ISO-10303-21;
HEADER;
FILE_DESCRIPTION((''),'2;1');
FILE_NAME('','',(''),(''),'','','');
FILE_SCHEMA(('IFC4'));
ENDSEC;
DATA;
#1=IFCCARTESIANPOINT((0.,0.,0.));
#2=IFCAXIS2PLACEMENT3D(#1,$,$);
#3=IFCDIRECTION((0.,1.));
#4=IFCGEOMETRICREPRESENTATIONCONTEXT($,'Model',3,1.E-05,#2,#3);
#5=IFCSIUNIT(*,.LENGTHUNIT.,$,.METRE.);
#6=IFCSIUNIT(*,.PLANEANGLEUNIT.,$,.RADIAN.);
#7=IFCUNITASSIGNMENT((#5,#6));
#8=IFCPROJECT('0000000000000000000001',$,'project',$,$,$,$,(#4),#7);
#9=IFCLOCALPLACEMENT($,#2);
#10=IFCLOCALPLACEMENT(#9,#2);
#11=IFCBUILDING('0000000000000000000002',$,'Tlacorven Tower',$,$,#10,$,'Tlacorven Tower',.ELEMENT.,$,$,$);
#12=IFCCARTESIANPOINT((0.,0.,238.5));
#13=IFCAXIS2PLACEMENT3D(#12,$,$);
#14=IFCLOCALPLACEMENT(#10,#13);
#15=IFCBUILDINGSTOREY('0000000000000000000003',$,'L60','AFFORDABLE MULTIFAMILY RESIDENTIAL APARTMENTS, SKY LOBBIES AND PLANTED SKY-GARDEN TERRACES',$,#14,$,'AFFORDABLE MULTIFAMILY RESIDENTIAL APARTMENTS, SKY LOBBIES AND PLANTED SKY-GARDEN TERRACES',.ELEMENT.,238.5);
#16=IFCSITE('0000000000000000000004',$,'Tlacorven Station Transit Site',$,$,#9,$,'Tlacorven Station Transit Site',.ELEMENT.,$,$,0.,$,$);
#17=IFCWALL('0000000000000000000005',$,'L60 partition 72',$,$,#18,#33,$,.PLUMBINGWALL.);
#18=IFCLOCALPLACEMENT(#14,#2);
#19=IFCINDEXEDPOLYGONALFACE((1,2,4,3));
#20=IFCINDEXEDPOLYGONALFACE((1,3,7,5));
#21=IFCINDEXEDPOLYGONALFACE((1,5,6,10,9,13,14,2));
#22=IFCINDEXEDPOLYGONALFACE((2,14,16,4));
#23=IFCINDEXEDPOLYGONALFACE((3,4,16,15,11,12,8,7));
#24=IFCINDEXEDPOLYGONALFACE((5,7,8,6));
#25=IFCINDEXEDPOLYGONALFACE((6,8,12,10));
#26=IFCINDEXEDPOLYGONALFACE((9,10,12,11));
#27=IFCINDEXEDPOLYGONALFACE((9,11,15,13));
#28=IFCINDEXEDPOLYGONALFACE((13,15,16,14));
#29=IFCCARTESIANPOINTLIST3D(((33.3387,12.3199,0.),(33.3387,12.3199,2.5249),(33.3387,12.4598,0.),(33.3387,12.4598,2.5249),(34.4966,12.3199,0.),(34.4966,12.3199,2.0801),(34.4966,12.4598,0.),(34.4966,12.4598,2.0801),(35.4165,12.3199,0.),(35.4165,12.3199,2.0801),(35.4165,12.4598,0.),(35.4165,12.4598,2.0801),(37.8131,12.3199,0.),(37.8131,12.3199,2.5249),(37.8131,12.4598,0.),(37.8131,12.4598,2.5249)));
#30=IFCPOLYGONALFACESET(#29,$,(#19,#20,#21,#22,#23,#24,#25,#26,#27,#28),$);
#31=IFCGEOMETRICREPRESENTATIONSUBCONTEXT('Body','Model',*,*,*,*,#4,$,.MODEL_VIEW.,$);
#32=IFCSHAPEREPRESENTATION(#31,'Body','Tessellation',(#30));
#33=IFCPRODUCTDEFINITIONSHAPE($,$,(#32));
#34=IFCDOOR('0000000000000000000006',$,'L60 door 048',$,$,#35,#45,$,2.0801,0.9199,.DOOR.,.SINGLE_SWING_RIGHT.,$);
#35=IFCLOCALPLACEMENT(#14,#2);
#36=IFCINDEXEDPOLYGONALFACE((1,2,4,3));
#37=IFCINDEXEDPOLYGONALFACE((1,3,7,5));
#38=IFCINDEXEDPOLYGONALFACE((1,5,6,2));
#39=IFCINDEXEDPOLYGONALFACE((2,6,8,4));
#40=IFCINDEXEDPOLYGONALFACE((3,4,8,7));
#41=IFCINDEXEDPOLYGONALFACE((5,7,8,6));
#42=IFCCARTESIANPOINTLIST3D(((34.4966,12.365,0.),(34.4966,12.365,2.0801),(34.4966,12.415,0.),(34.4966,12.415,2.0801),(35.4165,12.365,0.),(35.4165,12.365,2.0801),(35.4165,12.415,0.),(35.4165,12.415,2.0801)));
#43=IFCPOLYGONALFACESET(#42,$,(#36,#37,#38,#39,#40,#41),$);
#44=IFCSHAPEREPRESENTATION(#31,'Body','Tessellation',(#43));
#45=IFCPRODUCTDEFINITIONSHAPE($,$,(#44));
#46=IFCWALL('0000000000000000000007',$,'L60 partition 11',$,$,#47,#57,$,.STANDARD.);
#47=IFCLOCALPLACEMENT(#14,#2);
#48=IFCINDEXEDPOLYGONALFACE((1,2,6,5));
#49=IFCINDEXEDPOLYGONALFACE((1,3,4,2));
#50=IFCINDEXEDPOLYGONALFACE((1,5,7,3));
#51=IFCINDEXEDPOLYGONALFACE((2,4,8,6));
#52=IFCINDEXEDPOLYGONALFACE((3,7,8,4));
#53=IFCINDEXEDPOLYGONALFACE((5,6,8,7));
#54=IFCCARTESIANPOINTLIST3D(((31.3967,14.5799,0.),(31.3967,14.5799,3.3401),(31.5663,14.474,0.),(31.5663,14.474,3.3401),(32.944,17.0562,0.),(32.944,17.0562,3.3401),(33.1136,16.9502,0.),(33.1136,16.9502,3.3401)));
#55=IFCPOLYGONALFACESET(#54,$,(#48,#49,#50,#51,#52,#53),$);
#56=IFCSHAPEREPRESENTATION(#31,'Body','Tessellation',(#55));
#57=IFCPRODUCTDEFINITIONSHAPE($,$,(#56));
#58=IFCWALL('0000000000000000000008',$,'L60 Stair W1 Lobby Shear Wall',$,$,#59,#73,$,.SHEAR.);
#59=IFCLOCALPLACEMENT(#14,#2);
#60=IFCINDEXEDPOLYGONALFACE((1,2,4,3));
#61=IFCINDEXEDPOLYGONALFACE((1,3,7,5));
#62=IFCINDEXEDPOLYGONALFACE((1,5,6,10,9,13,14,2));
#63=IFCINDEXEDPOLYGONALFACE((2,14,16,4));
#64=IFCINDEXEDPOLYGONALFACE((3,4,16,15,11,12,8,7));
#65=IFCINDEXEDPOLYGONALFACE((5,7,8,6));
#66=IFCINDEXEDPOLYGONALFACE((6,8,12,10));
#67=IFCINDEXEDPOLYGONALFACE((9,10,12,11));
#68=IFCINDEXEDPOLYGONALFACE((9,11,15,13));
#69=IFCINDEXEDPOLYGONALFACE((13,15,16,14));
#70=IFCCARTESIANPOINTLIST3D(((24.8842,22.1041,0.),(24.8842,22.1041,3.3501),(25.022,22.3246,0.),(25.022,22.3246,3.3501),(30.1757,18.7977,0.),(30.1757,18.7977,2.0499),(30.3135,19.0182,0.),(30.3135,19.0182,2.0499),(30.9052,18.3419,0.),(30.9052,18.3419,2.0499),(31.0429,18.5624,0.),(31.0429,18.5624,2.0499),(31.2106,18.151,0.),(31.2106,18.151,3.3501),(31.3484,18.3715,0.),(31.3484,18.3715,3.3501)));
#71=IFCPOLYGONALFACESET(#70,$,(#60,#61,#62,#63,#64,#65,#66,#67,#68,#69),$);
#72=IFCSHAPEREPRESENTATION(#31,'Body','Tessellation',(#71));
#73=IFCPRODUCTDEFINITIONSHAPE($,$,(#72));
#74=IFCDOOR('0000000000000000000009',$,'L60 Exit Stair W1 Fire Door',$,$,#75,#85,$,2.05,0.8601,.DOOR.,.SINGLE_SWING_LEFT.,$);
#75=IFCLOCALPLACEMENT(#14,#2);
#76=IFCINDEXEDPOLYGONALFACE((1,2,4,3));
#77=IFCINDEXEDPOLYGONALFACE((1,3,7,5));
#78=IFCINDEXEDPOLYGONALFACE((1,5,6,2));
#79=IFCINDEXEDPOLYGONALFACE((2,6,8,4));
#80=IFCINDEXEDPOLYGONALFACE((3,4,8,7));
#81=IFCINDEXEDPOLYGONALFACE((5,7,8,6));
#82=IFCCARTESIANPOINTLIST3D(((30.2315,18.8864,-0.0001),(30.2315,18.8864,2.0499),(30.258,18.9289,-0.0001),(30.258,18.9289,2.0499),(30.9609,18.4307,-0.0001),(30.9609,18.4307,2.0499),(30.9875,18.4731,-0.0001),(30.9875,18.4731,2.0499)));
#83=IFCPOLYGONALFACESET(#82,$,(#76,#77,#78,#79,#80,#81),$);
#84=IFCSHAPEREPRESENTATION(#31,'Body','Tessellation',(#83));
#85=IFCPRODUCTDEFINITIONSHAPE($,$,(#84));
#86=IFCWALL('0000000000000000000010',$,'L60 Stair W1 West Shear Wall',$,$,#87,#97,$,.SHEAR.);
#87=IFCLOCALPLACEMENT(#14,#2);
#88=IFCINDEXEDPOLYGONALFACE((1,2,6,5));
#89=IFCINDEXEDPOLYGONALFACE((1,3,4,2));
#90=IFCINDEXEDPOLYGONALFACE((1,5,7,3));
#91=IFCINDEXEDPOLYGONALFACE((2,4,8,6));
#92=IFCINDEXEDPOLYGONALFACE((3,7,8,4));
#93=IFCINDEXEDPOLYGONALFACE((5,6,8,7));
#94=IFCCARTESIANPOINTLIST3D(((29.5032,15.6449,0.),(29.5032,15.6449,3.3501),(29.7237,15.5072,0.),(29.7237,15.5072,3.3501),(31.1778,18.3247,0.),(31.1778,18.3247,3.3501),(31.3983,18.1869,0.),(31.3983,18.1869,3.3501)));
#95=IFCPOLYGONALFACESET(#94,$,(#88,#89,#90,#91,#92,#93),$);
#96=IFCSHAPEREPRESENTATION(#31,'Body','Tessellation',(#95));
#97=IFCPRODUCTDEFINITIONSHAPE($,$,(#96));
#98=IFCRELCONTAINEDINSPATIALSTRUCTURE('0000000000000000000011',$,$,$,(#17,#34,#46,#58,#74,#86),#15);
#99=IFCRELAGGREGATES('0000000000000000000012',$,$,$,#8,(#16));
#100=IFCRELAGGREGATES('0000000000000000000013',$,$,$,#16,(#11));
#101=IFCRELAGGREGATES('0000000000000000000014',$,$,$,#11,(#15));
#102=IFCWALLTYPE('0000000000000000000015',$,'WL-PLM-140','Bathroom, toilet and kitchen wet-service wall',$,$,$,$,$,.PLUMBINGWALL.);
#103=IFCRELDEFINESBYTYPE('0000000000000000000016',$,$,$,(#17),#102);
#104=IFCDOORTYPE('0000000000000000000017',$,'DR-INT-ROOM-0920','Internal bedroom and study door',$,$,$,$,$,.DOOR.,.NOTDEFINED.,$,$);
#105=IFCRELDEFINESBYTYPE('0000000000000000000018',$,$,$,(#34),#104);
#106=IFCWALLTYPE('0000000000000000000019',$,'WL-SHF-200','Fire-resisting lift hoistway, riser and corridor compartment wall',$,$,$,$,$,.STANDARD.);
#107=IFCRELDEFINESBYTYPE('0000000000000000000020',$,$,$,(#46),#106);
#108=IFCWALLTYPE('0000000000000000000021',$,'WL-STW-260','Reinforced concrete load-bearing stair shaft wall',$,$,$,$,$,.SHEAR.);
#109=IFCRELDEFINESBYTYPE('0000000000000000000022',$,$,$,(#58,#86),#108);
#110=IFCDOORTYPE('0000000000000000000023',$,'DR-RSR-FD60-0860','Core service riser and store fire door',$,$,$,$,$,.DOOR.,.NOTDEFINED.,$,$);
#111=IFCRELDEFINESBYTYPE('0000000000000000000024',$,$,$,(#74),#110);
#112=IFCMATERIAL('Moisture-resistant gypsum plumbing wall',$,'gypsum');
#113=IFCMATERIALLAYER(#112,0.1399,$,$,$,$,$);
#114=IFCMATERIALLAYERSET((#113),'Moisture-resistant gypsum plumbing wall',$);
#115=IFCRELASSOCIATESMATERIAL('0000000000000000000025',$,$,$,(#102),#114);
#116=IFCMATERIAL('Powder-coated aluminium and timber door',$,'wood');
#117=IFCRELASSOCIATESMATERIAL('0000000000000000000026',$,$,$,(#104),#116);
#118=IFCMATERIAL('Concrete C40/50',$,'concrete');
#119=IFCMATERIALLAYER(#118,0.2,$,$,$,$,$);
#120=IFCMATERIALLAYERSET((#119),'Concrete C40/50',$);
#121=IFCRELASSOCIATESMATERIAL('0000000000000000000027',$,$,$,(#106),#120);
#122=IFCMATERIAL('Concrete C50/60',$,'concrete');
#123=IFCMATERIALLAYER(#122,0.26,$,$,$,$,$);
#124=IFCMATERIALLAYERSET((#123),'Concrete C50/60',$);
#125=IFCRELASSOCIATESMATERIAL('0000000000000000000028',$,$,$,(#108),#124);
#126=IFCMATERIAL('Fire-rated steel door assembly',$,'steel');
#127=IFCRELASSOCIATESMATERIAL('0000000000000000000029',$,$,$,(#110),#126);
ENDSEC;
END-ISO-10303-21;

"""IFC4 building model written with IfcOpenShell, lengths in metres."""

from ifc_helpers import new_model, si_unit, direction, frame, frame_2d, origin, place, context, subcontext, project, spatial, rectangle, extrude, source, transform, mapped, material, layer, layer_set, type_object, element, fill, save


model = new_model("IFC4")

# Units and contexts
model_context = context("Model", 3, precision=1e-05, world=origin(), true_north=direction((0.0, 1.0)))
body_context = subcontext(model_context, "Body", "Model", "MODEL_VIEW")
ifc_project = project(units=[si_unit("LENGTHUNIT", "METRE"), si_unit("PLANEANGLEUNIT", "RADIAN")], contexts=[model_context])

# Site, building, storey
site_placement = place(None, origin())
site = spatial("IfcSite", under=ifc_project, at=site_placement, Name="Tlacorven Station Transit Site", LongName="Tlacorven Station Transit Site", CompositionType="ELEMENT", RefElevation=0.0)
building_placement = place(site_placement, origin())
building = spatial("IfcBuilding", under=site, at=building_placement, Name="Tlacorven Tower", LongName="Tlacorven Tower", CompositionType="ELEMENT")
storey_placement = place(building_placement, frame((0.0, 0.0, 238.5)))
storey = spatial("IfcBuildingStorey", under=building, at=storey_placement, Name="L60", Description="AFFORDABLE MULTIFAMILY RESIDENTIAL APARTMENTS, SKY LOBBIES AND PLANTED SKY-GARDEN TERRACES", LongName="AFFORDABLE MULTIFAMILY RESIDENTIAL APARTMENTS, SKY LOBBIES AND PLANTED SKY-GARDEN TERRACES", CompositionType="ELEMENT", Elevation=238.5)

# Shared definitions
ifc_material_1 = material(Name="Concrete C50/60", Category="concrete")

# Shared definitions
ifc_material_2 = material(Name="Fire-rated steel door assembly", Category="steel")

# Shared definitions
ifc_material_3 = material(Name="Moisture-resistant gypsum plumbing wall", Category="gypsum")
ifc_layer_1 = layer(ifc_material_3, 0.1399)
ifc_layer_set_1 = layer_set([ifc_layer_1], Name="Moisture-resistant gypsum plumbing wall")
wall_type_1 = type_object("IfcWallType", Name="WL-PLM-140", Description="Bathroom, toilet and kitchen wet-service wall", PredefinedType="PLUMBINGWALL", material=ifc_layer_set_1)

# Wall, opening, door
wall_1_placement = place(storey_placement, frame((33.3386, 12.3899, 0.0), z_axis=(0.0, 0.0, 1.0), x_axis=(1.0, 0.0, 0.0)))
wall_1 = element("IfcWall", 1, at=wall_1_placement, inside=storey, type_object=wall_type_1, Name="L60 partition 72", PredefinedType="PLUMBINGWALL", context=body_context, shape_type="SweptSolid", body=[
    extrude(rectangle(XDim=4.4744, YDim=0.1399, at=frame_2d((2.2373, 0.0))), origin(), (0.0, 0.0, 1.0), 2.5249),
])
opening_1_placement = place(wall_1_placement, frame((1.158, 0.0, 0.0)))
opening_1 = element("IfcOpeningElement", 2, at=opening_1_placement, cuts=wall_1, PredefinedType="OPENING", context=body_context, shape_type="SweptSolid", body=[
    extrude(rectangle(XDim=0.9199, YDim=2.0801, at=frame_2d((0.46, 1.04))), frame((0.0, 0.0801, 0.0), z_axis=(0.0, -1.0, 0.0), x_axis=(1.0, 0.0, 0.0)), (0.0, 0.0, 1.0), 0.1599),
])
ifc_material_4 = material(Name="Powder-coated aluminium and timber door", Category="wood")
door_type_1 = type_object("IfcDoorType", Name="DR-INT-ROOM-0920", Description="Internal bedroom and study door", OperationType="NOTDEFINED", PredefinedType="DOOR", material=ifc_material_4)
shared_shape_1 = source(origin(), body_context, "Body", "SweptSolid", [
    extrude(rectangle(XDim=0.9199, YDim=2.0801, at=frame_2d((0.46, 1.04))), frame((0.0, 0.0249, 0.0), z_axis=(0.0, -1.0, 0.0), x_axis=(1.0, 0.0, 0.0)), (0.0, 0.0, 1.0), 0.05),
])
door_1_placement = place(opening_1_placement, frame((0.9199, 0.0, 0.0), z_axis=(0.0, 0.0, 1.0), x_axis=(-1.0, 0.0, 0.0)))
door_1 = element("IfcDoor", 3, at=door_1_placement, inside=storey, type_object=door_type_1, Name="L60 door 048", OperationType="SINGLE_SWING_RIGHT", OverallHeight=2.0801, OverallWidth=0.9199, PredefinedType="DOOR", context=body_context, shape_type="MappedRepresentation", body=[
    mapped(shared_shape_1, transform((0.0, 0.0, 0.0), scale=1.0)),
])
fill(opening_1, door_1)

# Wall
ifc_material_5 = material(Name="Concrete C40/50", Category="concrete")
ifc_layer_2 = layer(ifc_material_5, 0.2)
ifc_layer_set_2 = layer_set([ifc_layer_2], Name="Concrete C40/50")
wall_type_2 = type_object("IfcWallType", Name="WL-SHF-200", Description="Fire-resisting lift hoistway, riser and corridor compartment wall", PredefinedType="STANDARD", material=ifc_layer_set_2)
wall_2_placement = place(storey_placement, frame((33.0288, 17.0032, 0.0), z_axis=(0.0, 0.0, 1.0), x_axis=(-0.529916, -0.84805, 0.0)))
element("IfcWall", 4, at=wall_2_placement, inside=storey, type_object=wall_type_2, Name="L60 partition 11", PredefinedType="STANDARD", context=body_context, shape_type="SweptSolid", body=[
    extrude(rectangle(XDim=2.9199, YDim=0.2, at=frame_2d((1.46, 0.0))), origin(), (0.0, 0.0, 1.0), 3.3401),
])

# Wall, opening, door
ifc_layer_3 = layer(ifc_material_1, 0.26)
ifc_layer_set_3 = layer_set([ifc_layer_3], Name="Concrete C50/60")
wall_type_3 = type_object("IfcWallType", Name="WL-STW-260", Description="Reinforced concrete load-bearing stair shaft wall", PredefinedType="SHEAR", material=ifc_layer_set_3)
wall_3_placement = place(storey_placement, frame((31.2795, 18.2612, 0.0), z_axis=(0.0, 0.0, 1.0), x_axis=(-0.848052, 0.529914, 0.0)))
wall_3 = element("IfcWall", 5, at=wall_3_placement, inside=storey, type_object=wall_type_3, Name="L60 Stair W1 Lobby Shear Wall", PredefinedType="SHEAR", context=body_context, shape_type="SweptSolid", body=[
    extrude(rectangle(XDim=7.46, YDim=0.26, at=frame_2d((3.73, 0.0))), origin(), (0.0, 0.0, 1.0), 3.3501),
])
opening_2_placement = place(wall_3_placement, frame((0.3601, 0.0, 0.0)))
opening_2 = element("IfcOpeningElement", 6, at=opening_2_placement, cuts=wall_3, PredefinedType="OPENING", context=body_context, shape_type="SweptSolid", body=[
    extrude(rectangle(XDim=0.8601, YDim=2.05, at=frame_2d((0.4302, 1.0249))), frame((0.0, 0.1401, 0.0), z_axis=(0.0, -1.0, 0.0), x_axis=(1.0, 0.0, 0.0)), (0.0, 0.0, 1.0), 0.28),
])
door_type_2 = type_object("IfcDoorType", Name="DR-RSR-FD60-0860", Description="Core service riser and store fire door", OperationType="NOTDEFINED", PredefinedType="DOOR", material=ifc_material_2)
shared_shape_2 = source(origin(), body_context, "Body", "SweptSolid", [
    extrude(rectangle(XDim=0.8601, YDim=2.05, at=frame_2d((0.4302, 1.0249))), frame((0.0, 0.0249, 0.0), z_axis=(0.0, -1.0, 0.0), x_axis=(1.0, 0.0, 0.0)), (0.0, 0.0, 1.0), 0.05),
])
door_2_placement = place(opening_2_placement, frame((0.8601, 0.0, 0.0), z_axis=(0.0, 0.0, 1.0), x_axis=(-1.0, 0.0, 0.0)))
door_2 = element("IfcDoor", 7, at=door_2_placement, inside=storey, type_object=door_type_2, Name="L60 Exit Stair W1 Fire Door", OperationType="SINGLE_SWING_LEFT", OverallHeight=2.05, OverallWidth=0.8601, PredefinedType="DOOR", context=body_context, shape_type="MappedRepresentation", body=[
    mapped(shared_shape_2, transform((0.0, 0.0, 0.0), scale=1.0)),
])
fill(opening_2, door_2)

# Wall
wall_4_placement = place(storey_placement, frame((31.2881, 18.2559, 0.0), z_axis=(0.0, 0.0, 1.0), x_axis=(-0.529943, -0.848033, 0.0)))
element("IfcWall", 8, at=wall_4_placement, inside=storey, type_object=wall_type_3, Name="L60 Stair W1 West Shear Wall", PredefinedType="SHEAR", context=body_context, shape_type="SweptSolid", body=[
    extrude(rectangle(XDim=3.1599, YDim=0.26, at=frame_2d((1.5801, 0.0))), origin(), (0.0, 0.0, 1.0), 3.3501),
])

save(model, "model.ifc")
